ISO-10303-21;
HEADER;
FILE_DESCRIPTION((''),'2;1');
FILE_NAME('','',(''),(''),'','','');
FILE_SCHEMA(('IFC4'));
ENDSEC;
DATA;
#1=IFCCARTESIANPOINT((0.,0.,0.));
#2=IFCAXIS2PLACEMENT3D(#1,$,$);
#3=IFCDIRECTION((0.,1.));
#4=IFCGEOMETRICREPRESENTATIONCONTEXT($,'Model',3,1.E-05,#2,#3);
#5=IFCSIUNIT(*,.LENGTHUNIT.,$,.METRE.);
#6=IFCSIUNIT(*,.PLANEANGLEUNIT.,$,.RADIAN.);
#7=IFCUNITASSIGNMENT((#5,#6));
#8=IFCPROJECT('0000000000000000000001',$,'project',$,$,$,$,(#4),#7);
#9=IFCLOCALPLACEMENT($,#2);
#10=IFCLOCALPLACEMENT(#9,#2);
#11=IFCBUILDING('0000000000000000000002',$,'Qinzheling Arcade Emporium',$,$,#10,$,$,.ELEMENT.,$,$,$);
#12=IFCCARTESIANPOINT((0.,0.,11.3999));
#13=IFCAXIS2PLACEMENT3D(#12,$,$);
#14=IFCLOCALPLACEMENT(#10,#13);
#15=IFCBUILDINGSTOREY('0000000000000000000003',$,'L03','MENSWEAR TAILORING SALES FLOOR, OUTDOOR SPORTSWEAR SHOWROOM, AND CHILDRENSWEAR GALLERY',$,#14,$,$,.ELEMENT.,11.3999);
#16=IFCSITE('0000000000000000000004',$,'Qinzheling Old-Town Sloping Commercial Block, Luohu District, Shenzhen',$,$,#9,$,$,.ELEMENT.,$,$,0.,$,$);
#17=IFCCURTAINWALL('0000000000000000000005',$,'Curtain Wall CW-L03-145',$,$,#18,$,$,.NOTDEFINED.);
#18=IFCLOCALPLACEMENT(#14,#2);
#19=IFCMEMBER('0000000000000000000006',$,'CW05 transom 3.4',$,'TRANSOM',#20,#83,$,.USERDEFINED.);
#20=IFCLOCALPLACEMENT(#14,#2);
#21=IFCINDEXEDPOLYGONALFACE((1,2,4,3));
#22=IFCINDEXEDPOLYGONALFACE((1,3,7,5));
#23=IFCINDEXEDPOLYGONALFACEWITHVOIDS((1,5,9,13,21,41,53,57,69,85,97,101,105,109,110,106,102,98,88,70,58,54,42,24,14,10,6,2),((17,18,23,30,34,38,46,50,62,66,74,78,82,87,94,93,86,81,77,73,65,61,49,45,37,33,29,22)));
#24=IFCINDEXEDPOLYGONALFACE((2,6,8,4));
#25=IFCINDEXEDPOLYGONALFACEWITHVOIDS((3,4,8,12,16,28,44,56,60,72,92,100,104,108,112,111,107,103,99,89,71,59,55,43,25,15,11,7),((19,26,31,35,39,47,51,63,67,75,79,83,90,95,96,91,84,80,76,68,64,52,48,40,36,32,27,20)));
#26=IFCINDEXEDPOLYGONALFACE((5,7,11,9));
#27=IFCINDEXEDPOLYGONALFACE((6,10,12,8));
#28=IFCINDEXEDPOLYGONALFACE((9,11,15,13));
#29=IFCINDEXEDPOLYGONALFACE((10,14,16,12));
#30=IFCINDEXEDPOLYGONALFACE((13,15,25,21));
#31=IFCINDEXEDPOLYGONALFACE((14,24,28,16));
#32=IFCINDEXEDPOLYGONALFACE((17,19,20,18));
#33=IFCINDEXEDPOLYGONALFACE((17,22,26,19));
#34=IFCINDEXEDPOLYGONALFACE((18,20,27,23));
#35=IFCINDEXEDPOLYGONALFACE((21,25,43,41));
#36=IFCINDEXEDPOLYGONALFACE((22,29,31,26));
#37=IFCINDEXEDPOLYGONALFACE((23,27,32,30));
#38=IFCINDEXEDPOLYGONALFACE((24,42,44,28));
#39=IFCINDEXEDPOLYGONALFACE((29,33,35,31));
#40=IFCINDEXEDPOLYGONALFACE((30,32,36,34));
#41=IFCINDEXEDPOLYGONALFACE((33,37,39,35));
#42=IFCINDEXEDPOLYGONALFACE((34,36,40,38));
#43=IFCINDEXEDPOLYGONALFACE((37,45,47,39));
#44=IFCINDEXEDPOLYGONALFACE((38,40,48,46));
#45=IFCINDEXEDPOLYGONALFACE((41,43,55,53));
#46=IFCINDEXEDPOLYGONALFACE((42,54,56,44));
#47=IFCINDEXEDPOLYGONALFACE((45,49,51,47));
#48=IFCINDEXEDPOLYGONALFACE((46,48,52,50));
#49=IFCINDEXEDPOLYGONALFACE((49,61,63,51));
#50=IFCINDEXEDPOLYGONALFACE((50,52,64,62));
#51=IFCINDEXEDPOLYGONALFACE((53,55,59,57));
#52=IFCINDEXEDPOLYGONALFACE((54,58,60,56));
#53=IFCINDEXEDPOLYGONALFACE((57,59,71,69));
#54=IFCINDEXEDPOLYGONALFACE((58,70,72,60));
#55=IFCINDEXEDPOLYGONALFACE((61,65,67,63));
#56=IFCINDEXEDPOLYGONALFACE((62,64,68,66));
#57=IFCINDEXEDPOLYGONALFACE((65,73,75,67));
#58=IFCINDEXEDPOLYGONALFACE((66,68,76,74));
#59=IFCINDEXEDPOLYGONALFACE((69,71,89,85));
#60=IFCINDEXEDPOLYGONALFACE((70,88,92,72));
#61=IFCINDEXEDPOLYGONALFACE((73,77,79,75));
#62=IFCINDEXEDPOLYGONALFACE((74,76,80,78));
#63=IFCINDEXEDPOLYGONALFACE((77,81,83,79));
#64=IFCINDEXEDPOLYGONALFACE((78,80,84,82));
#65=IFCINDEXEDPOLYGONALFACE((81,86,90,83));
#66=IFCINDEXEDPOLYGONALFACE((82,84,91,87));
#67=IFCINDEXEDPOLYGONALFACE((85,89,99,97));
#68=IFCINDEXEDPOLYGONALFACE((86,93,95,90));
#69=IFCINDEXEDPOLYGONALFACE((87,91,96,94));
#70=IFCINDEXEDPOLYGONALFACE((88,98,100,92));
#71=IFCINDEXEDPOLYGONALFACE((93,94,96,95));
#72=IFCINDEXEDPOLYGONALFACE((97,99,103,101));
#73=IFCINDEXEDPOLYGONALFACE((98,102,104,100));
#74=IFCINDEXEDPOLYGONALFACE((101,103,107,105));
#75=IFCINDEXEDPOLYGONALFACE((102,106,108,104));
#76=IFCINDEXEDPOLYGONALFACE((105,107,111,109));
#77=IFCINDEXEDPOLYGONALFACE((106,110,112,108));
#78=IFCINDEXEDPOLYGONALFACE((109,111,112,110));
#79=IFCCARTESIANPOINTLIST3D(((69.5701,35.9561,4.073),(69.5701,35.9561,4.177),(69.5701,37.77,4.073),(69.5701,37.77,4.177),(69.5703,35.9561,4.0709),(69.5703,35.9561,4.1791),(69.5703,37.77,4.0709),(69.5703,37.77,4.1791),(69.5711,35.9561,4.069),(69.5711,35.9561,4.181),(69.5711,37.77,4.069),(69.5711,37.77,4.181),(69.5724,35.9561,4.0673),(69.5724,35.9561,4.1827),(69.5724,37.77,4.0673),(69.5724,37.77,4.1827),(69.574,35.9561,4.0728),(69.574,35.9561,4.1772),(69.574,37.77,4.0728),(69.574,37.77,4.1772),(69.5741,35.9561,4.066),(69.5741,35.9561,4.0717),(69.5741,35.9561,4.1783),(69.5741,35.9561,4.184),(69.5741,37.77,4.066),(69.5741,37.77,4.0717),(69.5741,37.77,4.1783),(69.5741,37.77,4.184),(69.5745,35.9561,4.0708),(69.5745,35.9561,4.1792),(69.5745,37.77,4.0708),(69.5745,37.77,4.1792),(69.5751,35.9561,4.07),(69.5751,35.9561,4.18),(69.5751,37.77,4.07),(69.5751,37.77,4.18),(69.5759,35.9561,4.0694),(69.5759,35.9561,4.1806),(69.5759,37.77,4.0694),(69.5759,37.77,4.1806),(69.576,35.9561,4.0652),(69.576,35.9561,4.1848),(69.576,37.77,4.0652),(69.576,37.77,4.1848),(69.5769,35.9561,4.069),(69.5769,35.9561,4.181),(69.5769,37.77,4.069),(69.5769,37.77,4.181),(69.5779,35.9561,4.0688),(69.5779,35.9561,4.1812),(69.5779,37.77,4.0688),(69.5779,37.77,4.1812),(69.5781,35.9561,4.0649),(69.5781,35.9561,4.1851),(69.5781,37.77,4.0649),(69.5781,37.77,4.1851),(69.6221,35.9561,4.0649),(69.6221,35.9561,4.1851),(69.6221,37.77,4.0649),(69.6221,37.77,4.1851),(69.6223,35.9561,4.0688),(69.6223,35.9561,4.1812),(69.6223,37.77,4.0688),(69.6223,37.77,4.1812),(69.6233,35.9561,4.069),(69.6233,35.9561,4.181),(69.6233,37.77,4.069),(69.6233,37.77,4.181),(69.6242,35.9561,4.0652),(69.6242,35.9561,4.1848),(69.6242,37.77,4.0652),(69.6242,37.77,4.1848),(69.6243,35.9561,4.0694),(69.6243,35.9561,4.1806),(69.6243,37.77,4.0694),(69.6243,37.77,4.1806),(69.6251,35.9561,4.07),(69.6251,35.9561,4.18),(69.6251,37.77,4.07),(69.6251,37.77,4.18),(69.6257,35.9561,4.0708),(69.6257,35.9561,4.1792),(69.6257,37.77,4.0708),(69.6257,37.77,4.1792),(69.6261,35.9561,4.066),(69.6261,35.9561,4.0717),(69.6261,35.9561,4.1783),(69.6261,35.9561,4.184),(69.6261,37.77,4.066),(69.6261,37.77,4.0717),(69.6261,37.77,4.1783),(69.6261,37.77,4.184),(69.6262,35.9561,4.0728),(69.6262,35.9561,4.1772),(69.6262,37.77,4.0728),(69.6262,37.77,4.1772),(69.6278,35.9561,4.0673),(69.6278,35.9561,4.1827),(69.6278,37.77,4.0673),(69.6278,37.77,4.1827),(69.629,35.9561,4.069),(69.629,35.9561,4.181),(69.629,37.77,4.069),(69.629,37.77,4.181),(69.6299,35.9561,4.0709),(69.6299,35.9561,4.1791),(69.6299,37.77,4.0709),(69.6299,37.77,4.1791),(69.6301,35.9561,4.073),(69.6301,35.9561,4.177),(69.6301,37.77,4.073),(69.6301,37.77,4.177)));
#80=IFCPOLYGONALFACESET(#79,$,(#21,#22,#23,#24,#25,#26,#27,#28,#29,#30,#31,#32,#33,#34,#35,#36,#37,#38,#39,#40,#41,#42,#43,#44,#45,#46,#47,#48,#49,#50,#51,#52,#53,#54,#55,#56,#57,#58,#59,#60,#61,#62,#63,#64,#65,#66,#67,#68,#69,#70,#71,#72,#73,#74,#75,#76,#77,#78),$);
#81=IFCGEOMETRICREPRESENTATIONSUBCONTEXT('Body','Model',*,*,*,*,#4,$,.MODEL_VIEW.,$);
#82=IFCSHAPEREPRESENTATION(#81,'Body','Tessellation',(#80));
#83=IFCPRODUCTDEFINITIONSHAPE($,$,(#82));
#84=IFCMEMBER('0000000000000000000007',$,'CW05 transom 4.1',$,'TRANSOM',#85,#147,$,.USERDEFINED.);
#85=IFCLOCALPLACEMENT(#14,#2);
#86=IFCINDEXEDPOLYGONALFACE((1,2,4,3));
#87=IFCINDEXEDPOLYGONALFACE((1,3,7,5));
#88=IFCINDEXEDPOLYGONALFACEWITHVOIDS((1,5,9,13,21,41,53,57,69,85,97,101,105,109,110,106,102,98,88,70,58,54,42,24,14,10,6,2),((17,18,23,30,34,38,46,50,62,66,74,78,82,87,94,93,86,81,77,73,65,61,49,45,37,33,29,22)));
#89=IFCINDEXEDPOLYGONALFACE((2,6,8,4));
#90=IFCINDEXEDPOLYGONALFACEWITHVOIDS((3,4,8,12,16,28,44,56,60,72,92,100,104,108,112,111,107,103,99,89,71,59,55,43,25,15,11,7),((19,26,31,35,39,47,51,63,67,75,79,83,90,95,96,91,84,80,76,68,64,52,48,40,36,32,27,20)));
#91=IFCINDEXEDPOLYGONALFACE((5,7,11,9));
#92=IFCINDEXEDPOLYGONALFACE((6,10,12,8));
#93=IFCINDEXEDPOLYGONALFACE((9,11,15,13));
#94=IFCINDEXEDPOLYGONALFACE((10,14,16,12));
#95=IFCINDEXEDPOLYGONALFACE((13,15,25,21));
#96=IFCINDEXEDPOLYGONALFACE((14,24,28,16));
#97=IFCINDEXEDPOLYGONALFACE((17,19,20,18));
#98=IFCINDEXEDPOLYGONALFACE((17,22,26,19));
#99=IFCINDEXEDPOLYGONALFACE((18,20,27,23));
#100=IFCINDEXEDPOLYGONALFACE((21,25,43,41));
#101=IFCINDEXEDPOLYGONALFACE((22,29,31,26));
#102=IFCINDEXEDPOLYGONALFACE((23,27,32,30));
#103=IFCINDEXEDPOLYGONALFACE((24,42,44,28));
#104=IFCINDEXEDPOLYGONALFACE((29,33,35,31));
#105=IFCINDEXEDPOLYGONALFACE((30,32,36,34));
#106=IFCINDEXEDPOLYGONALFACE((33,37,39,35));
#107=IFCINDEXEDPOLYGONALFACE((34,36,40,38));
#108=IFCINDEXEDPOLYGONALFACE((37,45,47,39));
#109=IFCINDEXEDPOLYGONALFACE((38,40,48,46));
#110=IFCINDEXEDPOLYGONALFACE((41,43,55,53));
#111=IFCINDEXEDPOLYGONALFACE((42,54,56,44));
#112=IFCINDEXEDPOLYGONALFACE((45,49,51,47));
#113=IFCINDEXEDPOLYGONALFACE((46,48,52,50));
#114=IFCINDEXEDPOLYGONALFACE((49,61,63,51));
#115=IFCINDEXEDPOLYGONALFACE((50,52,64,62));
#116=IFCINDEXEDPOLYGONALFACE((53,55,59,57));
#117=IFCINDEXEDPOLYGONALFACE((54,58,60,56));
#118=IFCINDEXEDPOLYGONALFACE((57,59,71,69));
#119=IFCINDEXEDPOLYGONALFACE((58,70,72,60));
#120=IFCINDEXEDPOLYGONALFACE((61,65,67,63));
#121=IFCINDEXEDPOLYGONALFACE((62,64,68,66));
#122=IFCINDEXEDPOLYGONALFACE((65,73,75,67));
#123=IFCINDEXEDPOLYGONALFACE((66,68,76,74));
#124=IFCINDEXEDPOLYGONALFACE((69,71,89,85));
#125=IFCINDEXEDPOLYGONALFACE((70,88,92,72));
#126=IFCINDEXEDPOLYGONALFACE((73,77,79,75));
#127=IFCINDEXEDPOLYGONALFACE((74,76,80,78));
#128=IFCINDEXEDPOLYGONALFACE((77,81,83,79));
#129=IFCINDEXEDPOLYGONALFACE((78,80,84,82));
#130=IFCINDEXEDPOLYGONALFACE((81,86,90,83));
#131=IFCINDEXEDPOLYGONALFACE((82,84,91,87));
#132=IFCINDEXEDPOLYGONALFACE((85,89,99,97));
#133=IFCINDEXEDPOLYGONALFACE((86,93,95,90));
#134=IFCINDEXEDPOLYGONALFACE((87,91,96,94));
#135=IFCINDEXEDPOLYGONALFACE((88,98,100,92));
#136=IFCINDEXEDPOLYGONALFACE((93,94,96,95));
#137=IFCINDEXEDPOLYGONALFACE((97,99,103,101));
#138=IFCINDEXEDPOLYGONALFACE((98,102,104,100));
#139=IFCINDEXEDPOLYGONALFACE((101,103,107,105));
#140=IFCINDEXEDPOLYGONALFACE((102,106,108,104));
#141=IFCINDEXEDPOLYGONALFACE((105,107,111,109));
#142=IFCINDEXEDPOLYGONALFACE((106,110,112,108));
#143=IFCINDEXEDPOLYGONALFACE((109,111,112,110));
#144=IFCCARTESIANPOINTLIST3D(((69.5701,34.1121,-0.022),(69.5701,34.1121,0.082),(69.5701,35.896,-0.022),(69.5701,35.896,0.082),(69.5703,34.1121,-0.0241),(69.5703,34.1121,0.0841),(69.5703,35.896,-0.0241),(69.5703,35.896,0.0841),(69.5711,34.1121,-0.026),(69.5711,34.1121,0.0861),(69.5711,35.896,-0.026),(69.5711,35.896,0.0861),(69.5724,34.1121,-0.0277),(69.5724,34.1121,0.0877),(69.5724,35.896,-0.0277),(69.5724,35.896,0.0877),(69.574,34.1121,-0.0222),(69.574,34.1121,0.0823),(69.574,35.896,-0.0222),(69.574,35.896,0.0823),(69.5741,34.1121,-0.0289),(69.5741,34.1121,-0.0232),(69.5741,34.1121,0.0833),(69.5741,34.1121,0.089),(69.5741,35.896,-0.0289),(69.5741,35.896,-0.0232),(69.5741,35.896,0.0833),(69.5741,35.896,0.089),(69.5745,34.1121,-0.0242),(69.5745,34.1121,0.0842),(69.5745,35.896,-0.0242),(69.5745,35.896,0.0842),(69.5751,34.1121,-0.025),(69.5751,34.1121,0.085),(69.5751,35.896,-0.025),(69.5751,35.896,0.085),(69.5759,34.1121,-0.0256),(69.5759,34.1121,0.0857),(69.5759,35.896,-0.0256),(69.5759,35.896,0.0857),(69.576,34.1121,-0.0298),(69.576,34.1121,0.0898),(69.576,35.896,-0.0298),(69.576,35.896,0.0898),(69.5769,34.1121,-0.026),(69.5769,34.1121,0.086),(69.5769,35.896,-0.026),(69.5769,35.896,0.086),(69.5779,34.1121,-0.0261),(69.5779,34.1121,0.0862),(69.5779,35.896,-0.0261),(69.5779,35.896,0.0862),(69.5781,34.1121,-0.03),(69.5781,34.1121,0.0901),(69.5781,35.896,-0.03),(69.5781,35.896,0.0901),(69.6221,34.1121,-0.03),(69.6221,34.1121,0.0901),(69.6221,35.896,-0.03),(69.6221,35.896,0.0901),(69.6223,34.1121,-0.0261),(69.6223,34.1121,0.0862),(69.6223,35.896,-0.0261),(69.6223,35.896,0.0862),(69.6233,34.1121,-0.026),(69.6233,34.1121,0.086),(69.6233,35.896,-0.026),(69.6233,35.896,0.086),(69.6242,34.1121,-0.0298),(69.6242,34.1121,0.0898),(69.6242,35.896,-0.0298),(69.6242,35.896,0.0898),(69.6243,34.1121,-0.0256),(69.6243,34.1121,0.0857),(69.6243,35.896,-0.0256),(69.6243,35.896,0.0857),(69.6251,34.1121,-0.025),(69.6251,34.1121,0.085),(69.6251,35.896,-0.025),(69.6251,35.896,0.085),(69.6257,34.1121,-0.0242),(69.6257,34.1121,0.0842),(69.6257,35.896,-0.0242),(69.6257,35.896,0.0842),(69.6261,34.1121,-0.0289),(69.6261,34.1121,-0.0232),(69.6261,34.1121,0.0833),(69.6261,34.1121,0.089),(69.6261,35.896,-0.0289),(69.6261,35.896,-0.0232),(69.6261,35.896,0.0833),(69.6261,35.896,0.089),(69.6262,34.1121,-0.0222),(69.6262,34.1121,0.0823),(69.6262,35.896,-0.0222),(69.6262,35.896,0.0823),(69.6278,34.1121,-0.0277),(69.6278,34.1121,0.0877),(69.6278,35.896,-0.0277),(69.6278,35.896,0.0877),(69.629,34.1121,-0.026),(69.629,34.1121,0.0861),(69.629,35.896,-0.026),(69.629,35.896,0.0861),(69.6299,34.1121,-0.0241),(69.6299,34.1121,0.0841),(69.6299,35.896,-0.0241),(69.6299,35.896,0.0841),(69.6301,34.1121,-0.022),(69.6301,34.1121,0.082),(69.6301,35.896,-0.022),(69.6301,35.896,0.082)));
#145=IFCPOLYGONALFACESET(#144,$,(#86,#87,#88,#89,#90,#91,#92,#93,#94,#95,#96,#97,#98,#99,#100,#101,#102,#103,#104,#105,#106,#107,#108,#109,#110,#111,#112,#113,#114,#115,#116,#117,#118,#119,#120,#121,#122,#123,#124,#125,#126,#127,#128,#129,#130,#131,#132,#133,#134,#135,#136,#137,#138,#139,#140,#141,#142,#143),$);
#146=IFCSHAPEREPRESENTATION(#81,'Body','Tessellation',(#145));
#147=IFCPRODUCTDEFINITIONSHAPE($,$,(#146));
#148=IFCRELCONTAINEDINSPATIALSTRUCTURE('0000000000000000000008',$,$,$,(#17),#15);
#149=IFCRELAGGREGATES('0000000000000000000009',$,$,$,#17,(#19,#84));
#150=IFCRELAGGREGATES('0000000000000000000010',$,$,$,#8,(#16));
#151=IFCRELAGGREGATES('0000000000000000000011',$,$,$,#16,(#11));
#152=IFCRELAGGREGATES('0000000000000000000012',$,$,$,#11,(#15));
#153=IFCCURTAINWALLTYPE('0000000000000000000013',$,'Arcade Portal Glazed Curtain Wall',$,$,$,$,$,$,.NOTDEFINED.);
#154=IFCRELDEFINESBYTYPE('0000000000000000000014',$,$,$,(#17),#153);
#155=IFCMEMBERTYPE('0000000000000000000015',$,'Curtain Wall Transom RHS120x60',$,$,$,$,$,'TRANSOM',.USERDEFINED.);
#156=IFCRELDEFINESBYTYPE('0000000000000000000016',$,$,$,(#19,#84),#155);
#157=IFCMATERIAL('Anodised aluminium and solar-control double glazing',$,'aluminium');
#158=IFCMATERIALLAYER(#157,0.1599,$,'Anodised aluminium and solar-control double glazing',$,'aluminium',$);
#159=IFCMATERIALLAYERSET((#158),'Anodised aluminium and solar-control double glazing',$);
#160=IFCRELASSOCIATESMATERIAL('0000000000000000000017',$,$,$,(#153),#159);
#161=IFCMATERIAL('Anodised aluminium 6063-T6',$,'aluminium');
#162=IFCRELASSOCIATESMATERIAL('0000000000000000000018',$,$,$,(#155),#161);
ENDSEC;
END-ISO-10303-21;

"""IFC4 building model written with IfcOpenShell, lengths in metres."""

from ifc_helpers import new_model, si_unit, direction, frame, origin, origin_2d, place, context, subcontext, project, spatial, hollow_rectangle, extrude, material, layer, layer_set, material_profile, profile_set, type_object, element, aggregate, save


model = new_model("IFC4")

# Units and contexts
model_context = context("Model", 3, precision=1e-05, world=origin(), true_north=direction((0.0, 1.0)))
body_context = subcontext(model_context, "Body", "Model", "MODEL_VIEW")
ifc_project = project(units=[si_unit("LENGTHUNIT", "METRE"), si_unit("PLANEANGLEUNIT", "RADIAN")], contexts=[model_context])

# Site, building, storey
site_placement = place(None, origin())
site = spatial("IfcSite", under=ifc_project, at=site_placement, Name="Qinzheling Old-Town Sloping Commercial Block, Luohu District, Shenzhen", CompositionType="ELEMENT", RefElevation=0.0)
building_placement = place(site_placement, origin())
building = spatial("IfcBuilding", under=site, at=building_placement, Name="Qinzheling Arcade Emporium", CompositionType="ELEMENT")
storey_placement = place(building_placement, frame((0.0, 0.0, 11.3999)))
storey = spatial("IfcBuildingStorey", under=building, at=storey_placement, Name="L03", Description="MENSWEAR TAILORING SALES FLOOR, OUTDOOR SPORTSWEAR SHOWROOM, AND CHILDRENSWEAR GALLERY", CompositionType="ELEMENT", Elevation=11.3999)

# Shared definitions
ifc_material_1 = material(Name="Anodised aluminium and solar-control double glazing", Category="aluminium")
ifc_material_2 = material(Name="Anodised aluminium 6063-T6", Category="aluminium")

# Curtain wall, members
ifc_layer_1 = layer(ifc_material_1, 0.1599, Name="Anodised aluminium and solar-control double glazing", Category="aluminium")
ifc_layer_set_1 = layer_set([ifc_layer_1], Name="Anodised aluminium and solar-control double glazing")
curtain_wall_type_1 = type_object("IfcCurtainWallType", Name="Arcade Portal Glazed Curtain Wall", PredefinedType="NOTDEFINED", material=ifc_layer_set_1)
curtain_wall_1_placement = place(storey_placement, origin())
curtain_wall_1 = element("IfcCurtainWall", 1, at=curtain_wall_1_placement, inside=storey, type_object=curtain_wall_type_1, Name="Curtain Wall CW-L03-145", PredefinedType="NOTDEFINED")
ifc_material_profile_1 = material_profile(ifc_material_2, hollow_rectangle(XDim=0.0601, YDim=0.1201, WallThickness=0.0039, InnerFilletRadius=0.0039, OuterFilletRadius=0.0081, at=origin_2d()), Name="RHS 120x60x4", Category="aluminium")
ifc_profile_set_1 = profile_set([ifc_material_profile_1], Name="Anodised aluminium 6063-T6")
member_type_1 = type_object("IfcMemberType", Name="Curtain Wall Transom RHS120x60", ElementType="TRANSOM", PredefinedType="USERDEFINED", material=ifc_profile_set_1)
member_1_placement = place(storey_placement, frame((69.6001, 37.77, 4.125), z_axis=(0.0, -1.0, 0.0), x_axis=(1.0, 0.0, 0.0)))
member_1 = element("IfcMember", 2, at=member_1_placement, type_object=member_type_1, Name="CW05 transom 3.4", ObjectType="TRANSOM", PredefinedType="USERDEFINED", context=body_context, shape_type="SweptSolid", body=[
    extrude(hollow_rectangle(XDim=0.0601, YDim=0.1201, WallThickness=0.0039, InnerFilletRadius=0.0039, OuterFilletRadius=0.0081, at=origin_2d()), origin(), (0.0, 0.0, 1.0), 1.814),
])
member_2_placement = place(storey_placement, frame((69.6001, 35.896, 0.03), z_axis=(0.0, -1.0, 0.0), x_axis=(1.0, 0.0, 0.0)))
member_2 = element("IfcMember", 3, at=member_2_placement, type_object=member_type_1, Name="CW05 transom 4.1", ObjectType="TRANSOM", PredefinedType="USERDEFINED", context=body_context, shape_type="SweptSolid", body=[
    extrude(hollow_rectangle(XDim=0.0601, YDim=0.1201, WallThickness=0.0039, InnerFilletRadius=0.0039, OuterFilletRadius=0.0081, at=origin_2d()), origin(), (0.0, 0.0, 1.0), 1.7839),
])

aggregate(curtain_wall_1, [member_1, member_2])

save(model, "model.ifc")
